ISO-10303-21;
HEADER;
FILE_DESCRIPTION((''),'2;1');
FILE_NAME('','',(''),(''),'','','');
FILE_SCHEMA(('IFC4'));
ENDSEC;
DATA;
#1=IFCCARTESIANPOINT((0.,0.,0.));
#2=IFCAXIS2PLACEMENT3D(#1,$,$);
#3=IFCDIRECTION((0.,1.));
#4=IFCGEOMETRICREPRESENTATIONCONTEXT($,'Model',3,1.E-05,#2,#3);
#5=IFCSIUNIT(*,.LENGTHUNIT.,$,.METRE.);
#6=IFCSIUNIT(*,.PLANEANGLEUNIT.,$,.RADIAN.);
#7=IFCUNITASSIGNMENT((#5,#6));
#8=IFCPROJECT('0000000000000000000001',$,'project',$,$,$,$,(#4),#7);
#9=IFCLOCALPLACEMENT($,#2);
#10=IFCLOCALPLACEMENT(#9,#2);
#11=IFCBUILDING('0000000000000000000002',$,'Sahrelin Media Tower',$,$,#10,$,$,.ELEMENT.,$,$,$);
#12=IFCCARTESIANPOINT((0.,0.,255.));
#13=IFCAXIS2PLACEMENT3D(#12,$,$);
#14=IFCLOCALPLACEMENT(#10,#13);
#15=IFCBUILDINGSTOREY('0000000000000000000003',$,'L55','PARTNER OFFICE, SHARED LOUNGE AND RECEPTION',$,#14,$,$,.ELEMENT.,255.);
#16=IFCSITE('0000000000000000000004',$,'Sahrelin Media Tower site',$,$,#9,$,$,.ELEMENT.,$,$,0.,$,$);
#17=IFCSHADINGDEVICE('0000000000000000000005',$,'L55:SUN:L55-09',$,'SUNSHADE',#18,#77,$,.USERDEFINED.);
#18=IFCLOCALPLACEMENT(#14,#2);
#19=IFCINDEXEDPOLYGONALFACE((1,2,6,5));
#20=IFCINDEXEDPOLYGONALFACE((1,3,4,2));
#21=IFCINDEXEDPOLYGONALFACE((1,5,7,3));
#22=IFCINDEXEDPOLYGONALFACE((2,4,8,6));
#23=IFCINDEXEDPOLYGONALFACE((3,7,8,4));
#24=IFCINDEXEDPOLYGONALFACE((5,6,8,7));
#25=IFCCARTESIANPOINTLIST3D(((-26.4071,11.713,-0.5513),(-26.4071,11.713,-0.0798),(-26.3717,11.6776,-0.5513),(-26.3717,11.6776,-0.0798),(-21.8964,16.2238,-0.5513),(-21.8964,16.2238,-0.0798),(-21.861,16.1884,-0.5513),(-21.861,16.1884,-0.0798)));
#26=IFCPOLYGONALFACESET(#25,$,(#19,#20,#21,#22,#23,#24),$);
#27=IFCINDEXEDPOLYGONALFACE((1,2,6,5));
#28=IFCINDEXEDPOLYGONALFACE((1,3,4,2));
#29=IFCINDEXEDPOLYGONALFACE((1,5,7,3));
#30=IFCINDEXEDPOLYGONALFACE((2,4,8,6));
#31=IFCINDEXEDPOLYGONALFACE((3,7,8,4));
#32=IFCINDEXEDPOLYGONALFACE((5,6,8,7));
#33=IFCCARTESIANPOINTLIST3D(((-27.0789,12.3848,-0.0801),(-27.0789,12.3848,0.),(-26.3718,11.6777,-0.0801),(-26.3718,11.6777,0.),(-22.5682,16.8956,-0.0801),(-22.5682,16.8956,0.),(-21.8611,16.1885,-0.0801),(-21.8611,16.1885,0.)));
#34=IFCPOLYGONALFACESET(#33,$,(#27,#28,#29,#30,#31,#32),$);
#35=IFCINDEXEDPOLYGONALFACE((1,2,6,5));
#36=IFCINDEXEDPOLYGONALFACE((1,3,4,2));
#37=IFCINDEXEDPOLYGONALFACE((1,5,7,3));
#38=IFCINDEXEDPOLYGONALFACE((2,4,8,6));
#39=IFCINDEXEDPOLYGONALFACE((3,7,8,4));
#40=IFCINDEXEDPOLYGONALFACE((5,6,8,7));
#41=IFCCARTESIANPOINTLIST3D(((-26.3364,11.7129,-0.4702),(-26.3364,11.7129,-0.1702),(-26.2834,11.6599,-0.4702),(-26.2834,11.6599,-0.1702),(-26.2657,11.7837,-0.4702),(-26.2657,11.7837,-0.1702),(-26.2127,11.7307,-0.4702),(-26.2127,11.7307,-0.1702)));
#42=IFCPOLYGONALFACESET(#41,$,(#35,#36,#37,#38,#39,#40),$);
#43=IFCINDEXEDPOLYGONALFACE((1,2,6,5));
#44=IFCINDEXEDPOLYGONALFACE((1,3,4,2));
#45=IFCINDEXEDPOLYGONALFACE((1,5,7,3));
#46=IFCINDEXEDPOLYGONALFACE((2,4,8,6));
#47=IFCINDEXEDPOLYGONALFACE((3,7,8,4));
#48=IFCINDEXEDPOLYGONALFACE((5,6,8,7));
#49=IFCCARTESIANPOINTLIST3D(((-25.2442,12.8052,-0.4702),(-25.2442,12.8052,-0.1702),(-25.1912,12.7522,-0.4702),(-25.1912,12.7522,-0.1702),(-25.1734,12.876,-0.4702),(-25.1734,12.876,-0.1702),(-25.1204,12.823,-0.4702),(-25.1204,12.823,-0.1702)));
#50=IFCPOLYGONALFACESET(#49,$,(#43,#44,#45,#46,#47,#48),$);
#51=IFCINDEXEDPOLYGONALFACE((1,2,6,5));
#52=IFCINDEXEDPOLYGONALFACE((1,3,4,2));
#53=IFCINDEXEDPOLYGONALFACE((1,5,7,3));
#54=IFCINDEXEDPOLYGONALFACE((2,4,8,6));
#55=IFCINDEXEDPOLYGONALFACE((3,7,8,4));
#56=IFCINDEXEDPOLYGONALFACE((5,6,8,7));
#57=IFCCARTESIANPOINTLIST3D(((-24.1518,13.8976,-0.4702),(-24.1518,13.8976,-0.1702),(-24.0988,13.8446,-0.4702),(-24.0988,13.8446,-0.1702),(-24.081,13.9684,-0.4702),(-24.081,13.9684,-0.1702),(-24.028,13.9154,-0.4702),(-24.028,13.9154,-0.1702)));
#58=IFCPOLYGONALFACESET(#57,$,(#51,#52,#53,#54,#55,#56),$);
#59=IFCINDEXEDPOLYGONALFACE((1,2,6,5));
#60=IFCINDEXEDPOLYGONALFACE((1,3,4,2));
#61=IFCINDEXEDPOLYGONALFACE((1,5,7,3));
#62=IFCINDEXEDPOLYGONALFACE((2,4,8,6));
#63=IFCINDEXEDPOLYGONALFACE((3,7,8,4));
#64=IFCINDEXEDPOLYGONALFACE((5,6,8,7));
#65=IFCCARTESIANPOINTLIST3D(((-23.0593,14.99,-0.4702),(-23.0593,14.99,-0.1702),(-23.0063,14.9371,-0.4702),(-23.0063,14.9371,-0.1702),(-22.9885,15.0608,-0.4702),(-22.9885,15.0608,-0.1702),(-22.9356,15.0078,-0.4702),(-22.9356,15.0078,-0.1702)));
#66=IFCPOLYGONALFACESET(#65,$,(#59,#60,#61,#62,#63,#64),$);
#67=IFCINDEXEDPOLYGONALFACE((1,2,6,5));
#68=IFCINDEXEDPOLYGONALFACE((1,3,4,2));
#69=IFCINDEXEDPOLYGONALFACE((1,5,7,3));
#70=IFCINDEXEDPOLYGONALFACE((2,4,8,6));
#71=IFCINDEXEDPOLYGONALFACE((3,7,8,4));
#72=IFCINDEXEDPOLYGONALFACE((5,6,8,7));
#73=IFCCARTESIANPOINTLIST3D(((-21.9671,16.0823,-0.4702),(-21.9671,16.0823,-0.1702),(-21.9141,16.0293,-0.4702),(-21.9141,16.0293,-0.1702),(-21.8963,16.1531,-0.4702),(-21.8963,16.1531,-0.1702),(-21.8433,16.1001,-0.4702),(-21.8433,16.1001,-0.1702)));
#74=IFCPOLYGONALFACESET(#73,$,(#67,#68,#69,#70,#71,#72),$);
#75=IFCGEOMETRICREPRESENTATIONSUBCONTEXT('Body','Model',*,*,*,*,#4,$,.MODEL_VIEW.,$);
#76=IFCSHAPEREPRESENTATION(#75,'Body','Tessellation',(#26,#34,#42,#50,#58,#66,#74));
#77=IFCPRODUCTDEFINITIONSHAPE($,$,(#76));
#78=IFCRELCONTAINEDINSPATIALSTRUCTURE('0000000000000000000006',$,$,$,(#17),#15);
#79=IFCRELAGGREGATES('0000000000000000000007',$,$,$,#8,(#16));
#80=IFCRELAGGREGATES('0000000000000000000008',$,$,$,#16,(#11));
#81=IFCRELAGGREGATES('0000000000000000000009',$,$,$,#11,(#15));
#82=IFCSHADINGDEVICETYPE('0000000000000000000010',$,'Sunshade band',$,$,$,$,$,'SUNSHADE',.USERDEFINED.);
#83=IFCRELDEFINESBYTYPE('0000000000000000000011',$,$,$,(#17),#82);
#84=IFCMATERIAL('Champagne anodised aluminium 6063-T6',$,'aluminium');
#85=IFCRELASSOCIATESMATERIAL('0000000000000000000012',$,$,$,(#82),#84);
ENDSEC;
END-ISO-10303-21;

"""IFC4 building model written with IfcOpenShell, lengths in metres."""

from ifc_helpers import new_model, si_unit, direction, frame, origin, origin_2d, place, context, subcontext, project, spatial, rectangle, extrude, material, type_object, element, save


model = new_model("IFC4")

# Units and contexts
model_context = context("Model", 3, precision=1e-05, world=origin(), true_north=direction((0.0, 1.0)))
body_context = subcontext(model_context, "Body", "Model", "MODEL_VIEW")
ifc_project = project(units=[si_unit("LENGTHUNIT", "METRE"), si_unit("PLANEANGLEUNIT", "RADIAN")], contexts=[model_context])

# Site, building, storey
site_placement = place(None, origin())
site = spatial("IfcSite", under=ifc_project, at=site_placement, Name="Sahrelin Media Tower site", CompositionType="ELEMENT", RefElevation=0.0)
building_placement = place(site_placement, origin())
building = spatial("IfcBuilding", under=site, at=building_placement, Name="Sahrelin Media Tower", CompositionType="ELEMENT")
storey_placement = place(building_placement, frame((0.0, 0.0, 255.0)))
storey = spatial("IfcBuildingStorey", under=building, at=storey_placement, Name="L55", Description="PARTNER OFFICE, SHARED LOUNGE AND RECEPTION", CompositionType="ELEMENT", Elevation=255.0)

# Shared definitions
ifc_material_1 = material(Name="Champagne anodised aluminium 6063-T6", Category="aluminium")

# Shading device
placement_1 = place(storey_placement, frame((-24.1023, 13.9189, 0.0), z_axis=(0.0, 0.0, 1.0), x_axis=(0.707107, 0.707107, 0.0)))
shading_device_type_1 = type_object("IfcShadingDeviceType", Name="Sunshade band", ElementType="SUNSHADE", PredefinedType="USERDEFINED", material=ifc_material_1)
element("IfcShadingDevice", 1, at=placement_1, inside=storey, type_object=shading_device_type_1, Name="L55:SUN:L55-09", ObjectType="SUNSHADE", PredefinedType="USERDEFINED", context=body_context, shape_type="SweptSolid", body=[
    extrude(rectangle(XDim=6.3792, YDim=0.05, at=origin_2d()), frame((0.0, 0.0449, -0.5513)), (0.0, 0.0, 1.0), 0.4714),
    extrude(rectangle(XDim=6.3792, YDim=1.0, at=origin_2d()), frame((0.0, 0.52, -0.0801)), (0.0, 0.0, 1.0), 0.0801),
    extrude(rectangle(XDim=0.1001, YDim=0.075, at=origin_2d()), frame((-3.0896, -0.0176, -0.4702)), (0.0, 0.0, 1.0), 0.3),
    extrude(rectangle(XDim=0.1001, YDim=0.075, at=origin_2d()), frame((-1.5449, -0.0176, -0.4702)), (0.0, 0.0, 1.0), 0.3),
    extrude(rectangle(XDim=0.1001, YDim=0.075, at=origin_2d()), frame((0.0, -0.0176, -0.4702)), (0.0, 0.0, 1.0), 0.3),
    extrude(rectangle(XDim=0.1001, YDim=0.075, at=origin_2d()), frame((1.5449, -0.0176, -0.4702)), (0.0, 0.0, 1.0), 0.3),
    extrude(rectangle(XDim=0.1001, YDim=0.075, at=origin_2d()), frame((3.0896, -0.0176, -0.4702)), (0.0, 0.0, 1.0), 0.3),
])

save(model, "model.ifc")
